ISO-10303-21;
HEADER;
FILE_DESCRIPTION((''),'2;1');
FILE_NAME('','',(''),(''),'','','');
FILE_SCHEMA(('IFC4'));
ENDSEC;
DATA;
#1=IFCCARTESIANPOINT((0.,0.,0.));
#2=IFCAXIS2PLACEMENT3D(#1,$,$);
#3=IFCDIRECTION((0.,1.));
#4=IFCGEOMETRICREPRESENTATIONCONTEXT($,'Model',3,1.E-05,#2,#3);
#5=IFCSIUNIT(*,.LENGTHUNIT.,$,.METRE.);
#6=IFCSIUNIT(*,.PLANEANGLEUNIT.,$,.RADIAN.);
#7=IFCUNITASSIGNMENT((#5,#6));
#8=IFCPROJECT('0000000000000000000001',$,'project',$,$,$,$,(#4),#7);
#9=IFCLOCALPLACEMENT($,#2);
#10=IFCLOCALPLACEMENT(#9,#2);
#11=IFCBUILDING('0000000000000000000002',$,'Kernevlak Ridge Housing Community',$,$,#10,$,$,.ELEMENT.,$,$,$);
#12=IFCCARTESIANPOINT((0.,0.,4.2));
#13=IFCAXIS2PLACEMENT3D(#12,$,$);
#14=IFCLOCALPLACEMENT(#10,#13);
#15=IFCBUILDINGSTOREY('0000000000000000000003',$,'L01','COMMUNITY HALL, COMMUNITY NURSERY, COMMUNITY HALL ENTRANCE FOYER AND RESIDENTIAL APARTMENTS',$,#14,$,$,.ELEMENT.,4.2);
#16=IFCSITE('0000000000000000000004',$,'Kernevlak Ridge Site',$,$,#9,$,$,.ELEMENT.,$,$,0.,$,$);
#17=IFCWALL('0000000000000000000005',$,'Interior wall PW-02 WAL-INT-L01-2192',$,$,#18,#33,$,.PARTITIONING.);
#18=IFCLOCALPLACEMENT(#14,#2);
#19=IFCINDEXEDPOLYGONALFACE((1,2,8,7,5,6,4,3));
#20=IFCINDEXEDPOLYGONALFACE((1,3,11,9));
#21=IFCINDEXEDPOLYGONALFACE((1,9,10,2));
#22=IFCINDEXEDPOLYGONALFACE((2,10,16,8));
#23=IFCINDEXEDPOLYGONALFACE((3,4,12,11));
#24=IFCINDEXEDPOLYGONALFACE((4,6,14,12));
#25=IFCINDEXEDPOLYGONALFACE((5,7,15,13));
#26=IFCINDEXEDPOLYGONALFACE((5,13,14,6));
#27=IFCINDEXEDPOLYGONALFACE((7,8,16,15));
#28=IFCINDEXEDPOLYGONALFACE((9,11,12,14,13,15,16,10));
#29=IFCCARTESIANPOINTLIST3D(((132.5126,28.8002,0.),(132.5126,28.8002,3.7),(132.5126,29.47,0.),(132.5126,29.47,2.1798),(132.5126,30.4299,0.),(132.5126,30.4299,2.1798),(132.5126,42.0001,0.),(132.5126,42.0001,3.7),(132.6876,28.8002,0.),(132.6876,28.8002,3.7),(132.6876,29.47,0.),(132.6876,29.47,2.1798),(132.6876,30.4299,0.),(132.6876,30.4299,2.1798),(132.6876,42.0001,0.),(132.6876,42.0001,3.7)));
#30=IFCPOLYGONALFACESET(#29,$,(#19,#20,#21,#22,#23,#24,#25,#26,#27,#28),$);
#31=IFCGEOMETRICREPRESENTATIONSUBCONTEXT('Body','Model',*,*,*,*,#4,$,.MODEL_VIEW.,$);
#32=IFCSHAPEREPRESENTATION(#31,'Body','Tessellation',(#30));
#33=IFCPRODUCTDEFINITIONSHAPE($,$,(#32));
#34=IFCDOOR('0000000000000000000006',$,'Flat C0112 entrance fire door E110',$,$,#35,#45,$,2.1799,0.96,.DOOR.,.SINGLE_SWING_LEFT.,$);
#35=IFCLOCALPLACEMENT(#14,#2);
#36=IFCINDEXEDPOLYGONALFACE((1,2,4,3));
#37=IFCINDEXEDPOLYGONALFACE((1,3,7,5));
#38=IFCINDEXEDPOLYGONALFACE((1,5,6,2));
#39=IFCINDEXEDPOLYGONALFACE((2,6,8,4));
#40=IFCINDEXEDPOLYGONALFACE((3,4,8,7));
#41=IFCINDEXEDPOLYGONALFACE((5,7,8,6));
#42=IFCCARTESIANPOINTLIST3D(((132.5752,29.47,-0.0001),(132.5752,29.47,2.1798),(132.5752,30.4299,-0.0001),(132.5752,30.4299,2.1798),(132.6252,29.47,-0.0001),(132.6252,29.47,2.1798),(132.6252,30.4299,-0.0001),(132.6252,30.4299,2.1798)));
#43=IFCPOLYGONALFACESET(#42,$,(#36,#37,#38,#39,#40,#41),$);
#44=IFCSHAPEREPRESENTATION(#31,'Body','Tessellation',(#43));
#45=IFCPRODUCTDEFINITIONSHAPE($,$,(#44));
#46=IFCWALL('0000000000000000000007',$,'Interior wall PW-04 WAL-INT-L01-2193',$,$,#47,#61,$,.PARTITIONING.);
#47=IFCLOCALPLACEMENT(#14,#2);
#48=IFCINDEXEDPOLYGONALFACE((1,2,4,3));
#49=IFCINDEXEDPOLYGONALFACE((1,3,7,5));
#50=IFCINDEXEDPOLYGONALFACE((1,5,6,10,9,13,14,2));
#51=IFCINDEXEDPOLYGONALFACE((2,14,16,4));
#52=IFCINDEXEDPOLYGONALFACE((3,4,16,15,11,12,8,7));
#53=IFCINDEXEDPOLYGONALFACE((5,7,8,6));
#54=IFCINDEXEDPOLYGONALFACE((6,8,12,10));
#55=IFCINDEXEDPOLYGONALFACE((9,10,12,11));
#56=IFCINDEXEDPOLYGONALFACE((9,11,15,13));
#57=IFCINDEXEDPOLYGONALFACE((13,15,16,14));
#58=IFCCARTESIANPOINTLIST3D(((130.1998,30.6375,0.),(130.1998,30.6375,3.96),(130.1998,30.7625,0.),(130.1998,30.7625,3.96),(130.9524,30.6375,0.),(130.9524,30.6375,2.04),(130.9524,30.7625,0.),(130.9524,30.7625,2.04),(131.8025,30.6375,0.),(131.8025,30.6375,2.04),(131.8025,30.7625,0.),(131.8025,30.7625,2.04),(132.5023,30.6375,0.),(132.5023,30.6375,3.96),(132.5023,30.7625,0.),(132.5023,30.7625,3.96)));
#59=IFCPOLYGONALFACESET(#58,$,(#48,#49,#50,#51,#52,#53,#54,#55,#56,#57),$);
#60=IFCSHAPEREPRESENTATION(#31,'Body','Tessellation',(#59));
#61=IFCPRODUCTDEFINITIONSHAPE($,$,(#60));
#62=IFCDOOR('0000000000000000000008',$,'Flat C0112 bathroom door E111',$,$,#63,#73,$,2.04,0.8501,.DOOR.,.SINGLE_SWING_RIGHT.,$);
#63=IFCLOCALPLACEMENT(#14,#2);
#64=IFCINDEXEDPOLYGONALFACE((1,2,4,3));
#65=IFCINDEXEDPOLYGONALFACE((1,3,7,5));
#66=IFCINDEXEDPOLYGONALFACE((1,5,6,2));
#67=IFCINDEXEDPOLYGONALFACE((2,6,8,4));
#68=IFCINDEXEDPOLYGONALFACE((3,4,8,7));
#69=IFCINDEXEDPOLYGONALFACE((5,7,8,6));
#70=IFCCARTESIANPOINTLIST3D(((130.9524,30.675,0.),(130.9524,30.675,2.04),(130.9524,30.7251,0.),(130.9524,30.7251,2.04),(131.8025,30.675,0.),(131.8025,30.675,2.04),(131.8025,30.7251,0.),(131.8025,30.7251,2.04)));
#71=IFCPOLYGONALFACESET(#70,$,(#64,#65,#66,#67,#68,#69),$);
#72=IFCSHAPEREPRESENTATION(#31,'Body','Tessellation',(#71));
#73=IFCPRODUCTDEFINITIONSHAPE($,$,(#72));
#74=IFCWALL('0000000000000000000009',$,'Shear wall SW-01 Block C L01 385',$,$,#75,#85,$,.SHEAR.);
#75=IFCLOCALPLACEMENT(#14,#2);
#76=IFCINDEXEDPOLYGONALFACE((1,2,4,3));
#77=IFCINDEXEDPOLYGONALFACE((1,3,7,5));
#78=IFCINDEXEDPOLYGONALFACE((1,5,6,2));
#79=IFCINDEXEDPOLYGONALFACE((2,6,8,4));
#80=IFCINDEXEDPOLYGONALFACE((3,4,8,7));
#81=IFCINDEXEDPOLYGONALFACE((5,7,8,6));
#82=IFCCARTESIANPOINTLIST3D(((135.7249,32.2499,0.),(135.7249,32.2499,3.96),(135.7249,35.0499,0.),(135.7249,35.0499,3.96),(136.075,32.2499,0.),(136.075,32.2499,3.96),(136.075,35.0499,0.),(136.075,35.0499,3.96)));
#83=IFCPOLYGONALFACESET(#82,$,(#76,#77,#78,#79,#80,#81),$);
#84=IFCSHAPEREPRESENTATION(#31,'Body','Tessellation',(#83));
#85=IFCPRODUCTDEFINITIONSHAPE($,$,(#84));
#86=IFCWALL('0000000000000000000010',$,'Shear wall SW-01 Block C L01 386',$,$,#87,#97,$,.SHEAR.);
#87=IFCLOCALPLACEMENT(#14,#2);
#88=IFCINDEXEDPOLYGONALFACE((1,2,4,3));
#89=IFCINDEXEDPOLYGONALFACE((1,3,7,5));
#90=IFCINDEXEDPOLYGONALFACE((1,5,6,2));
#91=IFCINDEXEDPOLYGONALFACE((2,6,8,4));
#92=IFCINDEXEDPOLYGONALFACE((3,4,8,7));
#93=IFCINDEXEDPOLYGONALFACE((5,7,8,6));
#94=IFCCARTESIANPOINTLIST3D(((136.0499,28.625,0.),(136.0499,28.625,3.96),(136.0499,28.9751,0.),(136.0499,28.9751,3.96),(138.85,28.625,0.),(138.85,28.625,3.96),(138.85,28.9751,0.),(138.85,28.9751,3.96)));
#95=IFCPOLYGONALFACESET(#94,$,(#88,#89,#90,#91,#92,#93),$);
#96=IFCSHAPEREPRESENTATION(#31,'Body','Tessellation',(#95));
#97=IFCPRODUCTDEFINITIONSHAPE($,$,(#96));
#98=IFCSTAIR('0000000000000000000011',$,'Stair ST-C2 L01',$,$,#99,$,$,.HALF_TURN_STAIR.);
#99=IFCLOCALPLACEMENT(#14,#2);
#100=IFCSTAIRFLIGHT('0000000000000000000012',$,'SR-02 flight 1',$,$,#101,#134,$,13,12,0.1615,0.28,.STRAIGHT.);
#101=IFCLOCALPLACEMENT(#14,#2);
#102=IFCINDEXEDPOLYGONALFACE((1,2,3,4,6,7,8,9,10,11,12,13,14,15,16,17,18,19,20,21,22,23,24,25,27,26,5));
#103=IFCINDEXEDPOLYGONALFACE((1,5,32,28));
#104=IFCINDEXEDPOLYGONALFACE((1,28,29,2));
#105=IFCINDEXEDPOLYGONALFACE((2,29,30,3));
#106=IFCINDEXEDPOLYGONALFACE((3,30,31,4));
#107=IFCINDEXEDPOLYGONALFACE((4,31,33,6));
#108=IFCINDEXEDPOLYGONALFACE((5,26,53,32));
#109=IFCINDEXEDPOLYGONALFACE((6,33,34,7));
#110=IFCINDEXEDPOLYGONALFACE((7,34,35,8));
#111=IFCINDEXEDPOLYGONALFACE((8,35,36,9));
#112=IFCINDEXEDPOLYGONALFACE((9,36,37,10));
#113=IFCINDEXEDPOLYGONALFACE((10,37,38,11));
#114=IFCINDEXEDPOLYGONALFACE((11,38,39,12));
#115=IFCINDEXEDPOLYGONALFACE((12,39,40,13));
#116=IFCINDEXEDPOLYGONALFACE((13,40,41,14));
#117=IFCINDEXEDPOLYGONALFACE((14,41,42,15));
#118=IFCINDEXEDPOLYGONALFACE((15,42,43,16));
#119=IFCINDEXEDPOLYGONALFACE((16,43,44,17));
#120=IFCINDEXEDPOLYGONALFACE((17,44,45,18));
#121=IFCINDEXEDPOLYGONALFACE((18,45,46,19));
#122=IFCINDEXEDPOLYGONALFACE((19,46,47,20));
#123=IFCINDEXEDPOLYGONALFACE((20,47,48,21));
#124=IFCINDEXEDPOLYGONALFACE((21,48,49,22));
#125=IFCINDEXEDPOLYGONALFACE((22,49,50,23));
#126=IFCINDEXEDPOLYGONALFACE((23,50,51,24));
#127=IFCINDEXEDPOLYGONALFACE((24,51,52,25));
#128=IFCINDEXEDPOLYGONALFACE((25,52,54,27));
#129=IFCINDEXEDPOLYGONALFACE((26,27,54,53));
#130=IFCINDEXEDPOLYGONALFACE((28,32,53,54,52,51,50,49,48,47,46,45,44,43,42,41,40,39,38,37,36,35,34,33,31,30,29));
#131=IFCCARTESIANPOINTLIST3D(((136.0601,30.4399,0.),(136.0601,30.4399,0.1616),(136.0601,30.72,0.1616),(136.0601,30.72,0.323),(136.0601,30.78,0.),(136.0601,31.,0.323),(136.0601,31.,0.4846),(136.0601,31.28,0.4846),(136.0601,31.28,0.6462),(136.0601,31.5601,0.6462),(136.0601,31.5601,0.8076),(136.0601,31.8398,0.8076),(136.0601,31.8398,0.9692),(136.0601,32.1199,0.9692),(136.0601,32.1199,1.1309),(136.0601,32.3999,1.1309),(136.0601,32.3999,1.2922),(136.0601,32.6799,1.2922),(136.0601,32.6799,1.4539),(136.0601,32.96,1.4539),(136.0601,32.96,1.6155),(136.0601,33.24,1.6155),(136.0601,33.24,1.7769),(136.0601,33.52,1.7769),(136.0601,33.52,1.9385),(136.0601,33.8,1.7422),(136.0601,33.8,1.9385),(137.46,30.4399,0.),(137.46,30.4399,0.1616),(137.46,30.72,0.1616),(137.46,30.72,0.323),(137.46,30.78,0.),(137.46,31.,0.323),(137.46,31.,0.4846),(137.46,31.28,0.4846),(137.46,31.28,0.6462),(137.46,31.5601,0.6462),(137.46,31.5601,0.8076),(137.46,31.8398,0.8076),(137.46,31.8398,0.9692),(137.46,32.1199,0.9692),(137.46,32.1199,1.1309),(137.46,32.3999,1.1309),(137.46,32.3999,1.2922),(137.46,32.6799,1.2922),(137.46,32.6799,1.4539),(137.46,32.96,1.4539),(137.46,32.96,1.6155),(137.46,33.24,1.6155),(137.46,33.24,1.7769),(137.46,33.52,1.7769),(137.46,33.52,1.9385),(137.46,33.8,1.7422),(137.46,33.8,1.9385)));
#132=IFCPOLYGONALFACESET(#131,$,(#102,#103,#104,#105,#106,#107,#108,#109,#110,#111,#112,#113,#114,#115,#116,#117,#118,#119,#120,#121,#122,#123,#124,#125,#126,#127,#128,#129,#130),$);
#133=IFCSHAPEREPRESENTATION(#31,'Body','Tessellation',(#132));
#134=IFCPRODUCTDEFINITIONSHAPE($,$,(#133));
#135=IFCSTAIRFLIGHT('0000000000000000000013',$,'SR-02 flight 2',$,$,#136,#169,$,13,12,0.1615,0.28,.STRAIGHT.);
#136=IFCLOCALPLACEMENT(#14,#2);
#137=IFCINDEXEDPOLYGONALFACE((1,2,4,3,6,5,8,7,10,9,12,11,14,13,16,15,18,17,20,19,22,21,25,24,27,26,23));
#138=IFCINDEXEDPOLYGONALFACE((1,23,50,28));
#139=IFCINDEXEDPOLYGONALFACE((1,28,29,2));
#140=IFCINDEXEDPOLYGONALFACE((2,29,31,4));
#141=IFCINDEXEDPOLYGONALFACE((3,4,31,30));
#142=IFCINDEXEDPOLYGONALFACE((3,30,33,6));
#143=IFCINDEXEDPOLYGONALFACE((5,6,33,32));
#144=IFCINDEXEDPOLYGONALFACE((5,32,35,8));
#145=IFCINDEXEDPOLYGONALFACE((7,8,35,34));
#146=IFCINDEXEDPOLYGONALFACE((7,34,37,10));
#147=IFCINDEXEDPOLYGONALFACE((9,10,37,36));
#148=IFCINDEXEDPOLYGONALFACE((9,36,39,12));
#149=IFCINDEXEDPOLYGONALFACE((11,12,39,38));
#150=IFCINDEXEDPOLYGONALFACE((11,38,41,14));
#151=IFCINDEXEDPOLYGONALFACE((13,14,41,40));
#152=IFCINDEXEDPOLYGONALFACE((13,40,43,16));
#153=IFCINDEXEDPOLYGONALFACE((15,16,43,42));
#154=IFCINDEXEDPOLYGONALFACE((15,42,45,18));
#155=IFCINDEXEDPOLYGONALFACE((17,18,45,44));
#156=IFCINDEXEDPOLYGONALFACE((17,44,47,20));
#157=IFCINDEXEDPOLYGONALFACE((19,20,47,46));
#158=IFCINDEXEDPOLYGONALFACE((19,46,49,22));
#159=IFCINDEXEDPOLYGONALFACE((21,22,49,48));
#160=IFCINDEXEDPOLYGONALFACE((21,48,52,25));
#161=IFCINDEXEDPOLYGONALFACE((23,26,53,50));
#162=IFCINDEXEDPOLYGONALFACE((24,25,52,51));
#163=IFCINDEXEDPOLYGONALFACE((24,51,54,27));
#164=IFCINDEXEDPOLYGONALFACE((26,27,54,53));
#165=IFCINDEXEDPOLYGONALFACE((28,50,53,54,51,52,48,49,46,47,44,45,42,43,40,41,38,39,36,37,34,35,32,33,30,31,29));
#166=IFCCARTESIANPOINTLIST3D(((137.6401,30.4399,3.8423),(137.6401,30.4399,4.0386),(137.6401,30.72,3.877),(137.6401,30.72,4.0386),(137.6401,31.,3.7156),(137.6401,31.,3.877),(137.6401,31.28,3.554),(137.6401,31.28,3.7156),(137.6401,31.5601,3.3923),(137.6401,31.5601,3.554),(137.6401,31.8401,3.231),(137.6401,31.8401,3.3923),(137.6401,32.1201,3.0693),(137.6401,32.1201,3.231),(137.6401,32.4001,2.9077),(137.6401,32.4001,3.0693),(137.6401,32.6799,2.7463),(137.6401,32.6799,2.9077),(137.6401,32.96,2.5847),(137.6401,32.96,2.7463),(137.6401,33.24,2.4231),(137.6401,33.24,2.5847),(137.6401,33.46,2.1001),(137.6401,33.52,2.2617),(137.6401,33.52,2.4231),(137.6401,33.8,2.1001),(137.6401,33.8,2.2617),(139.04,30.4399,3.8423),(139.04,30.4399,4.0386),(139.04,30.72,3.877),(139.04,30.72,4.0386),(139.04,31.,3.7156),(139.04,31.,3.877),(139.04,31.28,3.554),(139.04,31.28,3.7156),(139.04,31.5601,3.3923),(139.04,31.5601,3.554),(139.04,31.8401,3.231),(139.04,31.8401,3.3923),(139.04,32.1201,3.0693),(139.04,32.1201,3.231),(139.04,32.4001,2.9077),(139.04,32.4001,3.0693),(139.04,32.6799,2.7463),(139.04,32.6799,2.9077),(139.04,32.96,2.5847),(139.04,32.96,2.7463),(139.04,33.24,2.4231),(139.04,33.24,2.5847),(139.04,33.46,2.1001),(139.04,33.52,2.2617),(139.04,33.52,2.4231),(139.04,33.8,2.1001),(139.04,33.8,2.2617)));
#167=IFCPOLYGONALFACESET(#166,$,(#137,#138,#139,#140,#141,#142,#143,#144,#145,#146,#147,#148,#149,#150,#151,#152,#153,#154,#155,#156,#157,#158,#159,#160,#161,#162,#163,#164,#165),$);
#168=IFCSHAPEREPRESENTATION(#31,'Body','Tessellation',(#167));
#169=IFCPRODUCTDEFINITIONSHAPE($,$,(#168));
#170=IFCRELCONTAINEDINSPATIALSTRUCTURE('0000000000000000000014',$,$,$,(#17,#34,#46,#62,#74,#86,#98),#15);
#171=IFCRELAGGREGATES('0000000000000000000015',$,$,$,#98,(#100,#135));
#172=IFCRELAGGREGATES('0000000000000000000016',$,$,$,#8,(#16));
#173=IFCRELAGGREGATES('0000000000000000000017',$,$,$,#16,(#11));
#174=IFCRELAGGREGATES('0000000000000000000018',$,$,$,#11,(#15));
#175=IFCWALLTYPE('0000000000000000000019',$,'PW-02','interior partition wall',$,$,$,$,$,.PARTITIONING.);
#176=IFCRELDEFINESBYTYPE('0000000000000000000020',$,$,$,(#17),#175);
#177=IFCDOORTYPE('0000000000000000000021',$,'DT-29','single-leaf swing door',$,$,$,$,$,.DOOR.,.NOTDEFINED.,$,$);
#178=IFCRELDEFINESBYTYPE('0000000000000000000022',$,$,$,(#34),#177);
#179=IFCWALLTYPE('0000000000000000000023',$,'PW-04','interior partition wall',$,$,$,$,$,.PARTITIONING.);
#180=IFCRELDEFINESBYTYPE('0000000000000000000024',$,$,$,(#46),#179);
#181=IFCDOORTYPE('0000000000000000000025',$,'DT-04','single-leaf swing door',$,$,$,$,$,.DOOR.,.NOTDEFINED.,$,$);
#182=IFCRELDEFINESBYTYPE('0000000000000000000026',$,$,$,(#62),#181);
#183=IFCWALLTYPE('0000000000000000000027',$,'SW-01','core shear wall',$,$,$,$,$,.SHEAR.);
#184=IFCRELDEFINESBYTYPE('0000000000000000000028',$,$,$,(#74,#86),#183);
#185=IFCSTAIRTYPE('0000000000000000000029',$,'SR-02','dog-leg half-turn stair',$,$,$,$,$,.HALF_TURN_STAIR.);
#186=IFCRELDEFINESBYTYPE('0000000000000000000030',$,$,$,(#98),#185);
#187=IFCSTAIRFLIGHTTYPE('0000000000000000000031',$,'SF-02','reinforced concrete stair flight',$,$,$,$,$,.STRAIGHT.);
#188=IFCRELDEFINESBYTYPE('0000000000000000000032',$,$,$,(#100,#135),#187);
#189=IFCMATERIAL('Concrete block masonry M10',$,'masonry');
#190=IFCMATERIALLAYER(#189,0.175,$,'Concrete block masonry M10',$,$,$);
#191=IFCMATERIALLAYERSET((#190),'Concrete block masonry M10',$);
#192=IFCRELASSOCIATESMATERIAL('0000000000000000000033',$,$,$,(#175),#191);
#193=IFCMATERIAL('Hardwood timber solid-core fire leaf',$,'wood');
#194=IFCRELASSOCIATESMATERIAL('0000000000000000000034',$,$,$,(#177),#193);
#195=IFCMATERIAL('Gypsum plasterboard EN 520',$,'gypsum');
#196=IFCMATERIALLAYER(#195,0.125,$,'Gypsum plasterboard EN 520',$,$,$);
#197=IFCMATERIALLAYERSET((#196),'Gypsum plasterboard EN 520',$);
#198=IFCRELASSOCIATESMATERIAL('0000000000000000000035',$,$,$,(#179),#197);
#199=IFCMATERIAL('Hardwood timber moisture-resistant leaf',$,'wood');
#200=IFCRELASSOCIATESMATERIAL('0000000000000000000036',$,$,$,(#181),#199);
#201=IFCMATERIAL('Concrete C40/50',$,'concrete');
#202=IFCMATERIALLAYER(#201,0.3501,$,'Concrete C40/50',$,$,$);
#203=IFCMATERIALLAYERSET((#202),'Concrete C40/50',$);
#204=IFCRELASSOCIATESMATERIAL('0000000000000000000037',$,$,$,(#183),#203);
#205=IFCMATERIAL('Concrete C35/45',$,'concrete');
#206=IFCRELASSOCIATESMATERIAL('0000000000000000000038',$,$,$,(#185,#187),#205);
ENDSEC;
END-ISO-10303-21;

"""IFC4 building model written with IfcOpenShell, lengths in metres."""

from ifc_helpers import new_model, si_unit, direction, frame, frame_2d, origin, place, context, subcontext, project, spatial, polyline, rectangle, outline, extrude, material, layer, layer_set, type_object, element, fill, aggregate, save


model = new_model("IFC4")

# Units and contexts
model_context = context("Model", 3, precision=1e-05, world=origin(), true_north=direction((0.0, 1.0)))
body_context = subcontext(model_context, "Body", "Model", "MODEL_VIEW")
ifc_project = project(units=[si_unit("LENGTHUNIT", "METRE"), si_unit("PLANEANGLEUNIT", "RADIAN")], contexts=[model_context])

# Site, building, storey
site_placement = place(None, origin())
site = spatial("IfcSite", under=ifc_project, at=site_placement, Name="Kernevlak Ridge Site", CompositionType="ELEMENT", RefElevation=0.0)
building_placement = place(site_placement, origin())
building = spatial("IfcBuilding", under=site, at=building_placement, Name="Kernevlak Ridge Housing Community", CompositionType="ELEMENT")
storey_placement = place(building_placement, frame((0.0, 0.0, 4.2)))
storey = spatial("IfcBuildingStorey", under=building, at=storey_placement, Name="L01", Description="COMMUNITY HALL, COMMUNITY NURSERY, COMMUNITY HALL ENTRANCE FOYER AND RESIDENTIAL APARTMENTS", CompositionType="ELEMENT", Elevation=4.2)

# Shared definitions
ifc_material_1 = material(Name="Concrete C40/50", Category="concrete")

# Shared definitions
ifc_material_2 = material(Name="Concrete C35/45", Category="concrete")

# Shared definitions
ifc_material_3 = material(Name="Concrete block masonry M10", Category="masonry")
ifc_layer_1 = layer(ifc_material_3, 0.175, Name="Concrete block masonry M10")
ifc_layer_set_1 = layer_set([ifc_layer_1], Name="Concrete block masonry M10")
wall_type_1 = type_object("IfcWallType", Name="PW-02", Description="interior partition wall", PredefinedType="PARTITIONING", material=ifc_layer_set_1)

# Walls, openings, doors
wall_1_placement = place(storey_placement, frame((132.6001, 28.8, 0.0), z_axis=(0.0, 0.0, 1.0), x_axis=(0.0, 1.0, 0.0)))
wall_1 = element("IfcWall", 1, at=wall_1_placement, inside=storey, type_object=wall_type_1, Name="Interior wall PW-02 WAL-INT-L01-2192", PredefinedType="PARTITIONING", context=body_context, shape_type="SweptSolid", body=[
    extrude(rectangle(XDim=13.2, YDim=0.175, at=frame_2d((6.6001, 0.0))), origin(), (0.0, 0.0, 1.0), 3.7),
])
opening_1_placement = place(wall_1_placement, frame((0.6699, 0.0, 0.0)))
opening_1 = element("IfcOpeningElement", 2, at=opening_1_placement, cuts=wall_1, PredefinedType="OPENING", context=body_context, shape_type="SweptSolid", body=[
    extrude(rectangle(XDim=0.96, YDim=2.1799, at=frame_2d((0.48, 1.0898))), frame((0.0, 0.0974, 0.0), z_axis=(0.0, -1.0, 0.0), x_axis=(1.0, 0.0, 0.0)), (0.0, 0.0, 1.0), 0.1951),
])
ifc_material_4 = material(Name="Hardwood timber solid-core fire leaf", Category="wood")
door_type_1 = type_object("IfcDoorType", Name="DT-29", Description="single-leaf swing door", OperationType="NOTDEFINED", PredefinedType="DOOR", material=ifc_material_4)
door_1_placement = place(opening_1_placement, origin())
door_1 = element("IfcDoor", 3, at=door_1_placement, inside=storey, type_object=door_type_1, Name="Flat C0112 entrance fire door E110", OperationType="SINGLE_SWING_LEFT", OverallHeight=2.1799, OverallWidth=0.96, PredefinedType="DOOR", context=body_context, shape_type="SweptSolid", body=[
    extrude(rectangle(XDim=0.96, YDim=2.1799, at=frame_2d((0.48, 1.0898))), frame((0.0, 0.0249, 0.0), z_axis=(0.0, -1.0, 0.0), x_axis=(1.0, 0.0, 0.0)), (0.0, 0.0, 1.0), 0.05),
])
fill(opening_1, door_1)
ifc_material_5 = material(Name="Gypsum plasterboard EN 520", Category="gypsum")
ifc_layer_2 = layer(ifc_material_5, 0.125, Name="Gypsum plasterboard EN 520")
ifc_layer_set_2 = layer_set([ifc_layer_2], Name="Gypsum plasterboard EN 520")
wall_type_2 = type_object("IfcWallType", Name="PW-04", Description="interior partition wall", PredefinedType="PARTITIONING", material=ifc_layer_set_2)
wall_2_placement = place(storey_placement, frame((132.5024, 30.7, 0.0), z_axis=(0.0, 0.0, 1.0), x_axis=(-1.0, 0.0, 0.0)))
wall_2 = element("IfcWall", 4, at=wall_2_placement, inside=storey, type_object=wall_type_2, Name="Interior wall PW-04 WAL-INT-L01-2193", PredefinedType="PARTITIONING", context=body_context, shape_type="SweptSolid", body=[
    extrude(rectangle(XDim=2.3025, YDim=0.125, at=frame_2d((1.1514, 0.0))), origin(), (0.0, 0.0, 1.0), 3.96),
])
opening_2_placement = place(wall_2_placement, frame((0.7, 0.0, 0.0)))
opening_2 = element("IfcOpeningElement", 5, at=opening_2_placement, cuts=wall_2, PredefinedType="OPENING", context=body_context, shape_type="SweptSolid", body=[
    extrude(rectangle(XDim=0.8501, YDim=2.04, at=frame_2d((0.425, 1.02))), frame((0.0, 0.0725, 0.0), z_axis=(0.0, -1.0, 0.0), x_axis=(1.0, 0.0, 0.0)), (0.0, 0.0, 1.0), 0.145),
])
ifc_material_6 = material(Name="Hardwood timber moisture-resistant leaf", Category="wood")
door_type_2 = type_object("IfcDoorType", Name="DT-04", Description="single-leaf swing door", OperationType="NOTDEFINED", PredefinedType="DOOR", material=ifc_material_6)
door_2_placement = place(opening_2_placement, origin())
door_2 = element("IfcDoor", 6, at=door_2_placement, inside=storey, type_object=door_type_2, Name="Flat C0112 bathroom door E111", OperationType="SINGLE_SWING_RIGHT", OverallHeight=2.04, OverallWidth=0.8501, PredefinedType="DOOR", context=body_context, shape_type="SweptSolid", body=[
    extrude(rectangle(XDim=0.8501, YDim=2.04, at=frame_2d((0.425, 1.02))), frame((0.0, 0.0249, 0.0), z_axis=(0.0, -1.0, 0.0), x_axis=(1.0, 0.0, 0.0)), (0.0, 0.0, 1.0), 0.05),
])
fill(opening_2, door_2)

# Walls
ifc_layer_3 = layer(ifc_material_1, 0.3501, Name="Concrete C40/50")
ifc_layer_set_3 = layer_set([ifc_layer_3], Name="Concrete C40/50")
wall_type_3 = type_object("IfcWallType", Name="SW-01", Description="core shear wall", PredefinedType="SHEAR", material=ifc_layer_set_3)
for number, where, z_axis, x_axis, name in (
    (7, (135.8999, 32.25, 0.0), (0.0, 0.0, 1.0), (0.0, 1.0, 0.0), "Shear wall SW-01 Block C L01 385"),
    (8, (136.05, 28.8, 0.0), (0.0, 0.0, 1.0), (1.0, 0.0, 0.0), "Shear wall SW-01 Block C L01 386"),
):
    element("IfcWall", number, at=place(storey_placement, frame(where, z_axis=z_axis, x_axis=x_axis)), inside=storey, type_object=wall_type_3, Name=name, PredefinedType="SHEAR", context=body_context, shape_type="SweptSolid", body=[
        extrude(rectangle(XDim=2.8, YDim=0.3501, at=frame_2d((1.3999, 0.0))), origin(), (0.0, 0.0, 1.0), 3.96),
    ])

# Stair, stair flights
stair_type = type_object("IfcStairType", Name="SR-02", Description="dog-leg half-turn stair", PredefinedType="HALF_TURN_STAIR", material=ifc_material_2)
stair_placement = place(storey_placement, origin())
stair = element("IfcStair", 9, at=stair_placement, inside=storey, type_object=stair_type, Name="Stair ST-C2 L01", PredefinedType="HALF_TURN_STAIR")
stair_flight_type = type_object("IfcStairFlightType", Name="SF-02", Description="reinforced concrete stair flight", PredefinedType="STRAIGHT", material=ifc_material_2)
stair_flight_1_placement = place(storey_placement, frame((136.76, 30.4399, 0.0), z_axis=(0.0, 0.0, 1.0), x_axis=(0.0, 1.0, 0.0)))
stair_flight_1 = element("IfcStairFlight", 10, at=stair_flight_1_placement, type_object=stair_flight_type, Name="SR-02 flight 1", NumberOfRisers=13, NumberOfTreads=12, PredefinedType="STRAIGHT", RiserHeight=0.1615, TreadLength=0.28, context=body_context, shape_type="SweptSolid", body=[
    extrude(outline(polyline([(0.0, 0.0), (0.0, 0.1616), (0.28, 0.1616), (0.28, 0.323), (0.5601, 0.323), (0.5601, 0.4846), (0.8401, 0.4846), (0.8401, 0.6462), (1.1201, 0.6462), (1.1201, 0.8076), (1.3999, 0.8076), (1.3999, 0.9692), (1.6799, 0.9692), (1.6799, 1.1309), (1.96, 1.1309), (1.96, 1.2922), (2.24, 1.2922), (2.24, 1.4539), (2.52, 1.4539), (2.52, 1.6155), (2.8, 1.6155), (2.8, 1.7769), (3.0801, 1.7769), (3.0801, 1.9385), (3.3601, 1.9385), (3.3601, 2.1001), (3.3601, 1.7422), (0.3401, 0.0), (0.0, 0.0)])), frame((0.0, 0.7, 0.0), z_axis=(0.0, -1.0, 0.0), x_axis=(1.0, 0.0, 0.0)), (0.0, 0.0, 1.0), 1.3999),
])
stair_flight_2_placement = place(storey_placement, frame((138.3401, 33.8, 2.1001), z_axis=(0.0, 0.0, 1.0), x_axis=(0.0, -1.0, 0.0)))
stair_flight_2 = element("IfcStairFlight", 11, at=stair_flight_2_placement, type_object=stair_flight_type, Name="SR-02 flight 2", NumberOfRisers=13, NumberOfTreads=12, PredefinedType="STRAIGHT", RiserHeight=0.1615, TreadLength=0.28, context=body_context, shape_type="SweptSolid", body=[
    extrude(outline(polyline([(0.0, 0.0), (0.0, 0.1616), (0.28, 0.1616), (0.28, 0.323), (0.5601, 0.323), (0.5601, 0.4846), (0.8401, 0.4846), (0.8401, 0.6462), (1.1201, 0.6462), (1.1201, 0.8076), (1.3999, 0.8076), (1.3999, 0.9692), (1.6799, 0.9692), (1.6799, 1.1309), (1.96, 1.1309), (1.96, 1.2922), (2.24, 1.2922), (2.24, 1.4539), (2.52, 1.4539), (2.52, 1.6155), (2.8, 1.6155), (2.8, 1.7769), (3.0801, 1.7769), (3.0801, 1.9385), (3.3601, 1.9385), (3.3601, 2.1001), (3.3601, 1.7422), (0.3401, 0.0), (0.0, 0.0)])), frame((0.0, 0.7, 0.0), z_axis=(0.0, -1.0, 0.0), x_axis=(1.0, 0.0, 0.0)), (0.0, 0.0, 1.0), 1.3999),
])
aggregate(stair, [stair_flight_1, stair_flight_2])

save(model, "model.ifc")
